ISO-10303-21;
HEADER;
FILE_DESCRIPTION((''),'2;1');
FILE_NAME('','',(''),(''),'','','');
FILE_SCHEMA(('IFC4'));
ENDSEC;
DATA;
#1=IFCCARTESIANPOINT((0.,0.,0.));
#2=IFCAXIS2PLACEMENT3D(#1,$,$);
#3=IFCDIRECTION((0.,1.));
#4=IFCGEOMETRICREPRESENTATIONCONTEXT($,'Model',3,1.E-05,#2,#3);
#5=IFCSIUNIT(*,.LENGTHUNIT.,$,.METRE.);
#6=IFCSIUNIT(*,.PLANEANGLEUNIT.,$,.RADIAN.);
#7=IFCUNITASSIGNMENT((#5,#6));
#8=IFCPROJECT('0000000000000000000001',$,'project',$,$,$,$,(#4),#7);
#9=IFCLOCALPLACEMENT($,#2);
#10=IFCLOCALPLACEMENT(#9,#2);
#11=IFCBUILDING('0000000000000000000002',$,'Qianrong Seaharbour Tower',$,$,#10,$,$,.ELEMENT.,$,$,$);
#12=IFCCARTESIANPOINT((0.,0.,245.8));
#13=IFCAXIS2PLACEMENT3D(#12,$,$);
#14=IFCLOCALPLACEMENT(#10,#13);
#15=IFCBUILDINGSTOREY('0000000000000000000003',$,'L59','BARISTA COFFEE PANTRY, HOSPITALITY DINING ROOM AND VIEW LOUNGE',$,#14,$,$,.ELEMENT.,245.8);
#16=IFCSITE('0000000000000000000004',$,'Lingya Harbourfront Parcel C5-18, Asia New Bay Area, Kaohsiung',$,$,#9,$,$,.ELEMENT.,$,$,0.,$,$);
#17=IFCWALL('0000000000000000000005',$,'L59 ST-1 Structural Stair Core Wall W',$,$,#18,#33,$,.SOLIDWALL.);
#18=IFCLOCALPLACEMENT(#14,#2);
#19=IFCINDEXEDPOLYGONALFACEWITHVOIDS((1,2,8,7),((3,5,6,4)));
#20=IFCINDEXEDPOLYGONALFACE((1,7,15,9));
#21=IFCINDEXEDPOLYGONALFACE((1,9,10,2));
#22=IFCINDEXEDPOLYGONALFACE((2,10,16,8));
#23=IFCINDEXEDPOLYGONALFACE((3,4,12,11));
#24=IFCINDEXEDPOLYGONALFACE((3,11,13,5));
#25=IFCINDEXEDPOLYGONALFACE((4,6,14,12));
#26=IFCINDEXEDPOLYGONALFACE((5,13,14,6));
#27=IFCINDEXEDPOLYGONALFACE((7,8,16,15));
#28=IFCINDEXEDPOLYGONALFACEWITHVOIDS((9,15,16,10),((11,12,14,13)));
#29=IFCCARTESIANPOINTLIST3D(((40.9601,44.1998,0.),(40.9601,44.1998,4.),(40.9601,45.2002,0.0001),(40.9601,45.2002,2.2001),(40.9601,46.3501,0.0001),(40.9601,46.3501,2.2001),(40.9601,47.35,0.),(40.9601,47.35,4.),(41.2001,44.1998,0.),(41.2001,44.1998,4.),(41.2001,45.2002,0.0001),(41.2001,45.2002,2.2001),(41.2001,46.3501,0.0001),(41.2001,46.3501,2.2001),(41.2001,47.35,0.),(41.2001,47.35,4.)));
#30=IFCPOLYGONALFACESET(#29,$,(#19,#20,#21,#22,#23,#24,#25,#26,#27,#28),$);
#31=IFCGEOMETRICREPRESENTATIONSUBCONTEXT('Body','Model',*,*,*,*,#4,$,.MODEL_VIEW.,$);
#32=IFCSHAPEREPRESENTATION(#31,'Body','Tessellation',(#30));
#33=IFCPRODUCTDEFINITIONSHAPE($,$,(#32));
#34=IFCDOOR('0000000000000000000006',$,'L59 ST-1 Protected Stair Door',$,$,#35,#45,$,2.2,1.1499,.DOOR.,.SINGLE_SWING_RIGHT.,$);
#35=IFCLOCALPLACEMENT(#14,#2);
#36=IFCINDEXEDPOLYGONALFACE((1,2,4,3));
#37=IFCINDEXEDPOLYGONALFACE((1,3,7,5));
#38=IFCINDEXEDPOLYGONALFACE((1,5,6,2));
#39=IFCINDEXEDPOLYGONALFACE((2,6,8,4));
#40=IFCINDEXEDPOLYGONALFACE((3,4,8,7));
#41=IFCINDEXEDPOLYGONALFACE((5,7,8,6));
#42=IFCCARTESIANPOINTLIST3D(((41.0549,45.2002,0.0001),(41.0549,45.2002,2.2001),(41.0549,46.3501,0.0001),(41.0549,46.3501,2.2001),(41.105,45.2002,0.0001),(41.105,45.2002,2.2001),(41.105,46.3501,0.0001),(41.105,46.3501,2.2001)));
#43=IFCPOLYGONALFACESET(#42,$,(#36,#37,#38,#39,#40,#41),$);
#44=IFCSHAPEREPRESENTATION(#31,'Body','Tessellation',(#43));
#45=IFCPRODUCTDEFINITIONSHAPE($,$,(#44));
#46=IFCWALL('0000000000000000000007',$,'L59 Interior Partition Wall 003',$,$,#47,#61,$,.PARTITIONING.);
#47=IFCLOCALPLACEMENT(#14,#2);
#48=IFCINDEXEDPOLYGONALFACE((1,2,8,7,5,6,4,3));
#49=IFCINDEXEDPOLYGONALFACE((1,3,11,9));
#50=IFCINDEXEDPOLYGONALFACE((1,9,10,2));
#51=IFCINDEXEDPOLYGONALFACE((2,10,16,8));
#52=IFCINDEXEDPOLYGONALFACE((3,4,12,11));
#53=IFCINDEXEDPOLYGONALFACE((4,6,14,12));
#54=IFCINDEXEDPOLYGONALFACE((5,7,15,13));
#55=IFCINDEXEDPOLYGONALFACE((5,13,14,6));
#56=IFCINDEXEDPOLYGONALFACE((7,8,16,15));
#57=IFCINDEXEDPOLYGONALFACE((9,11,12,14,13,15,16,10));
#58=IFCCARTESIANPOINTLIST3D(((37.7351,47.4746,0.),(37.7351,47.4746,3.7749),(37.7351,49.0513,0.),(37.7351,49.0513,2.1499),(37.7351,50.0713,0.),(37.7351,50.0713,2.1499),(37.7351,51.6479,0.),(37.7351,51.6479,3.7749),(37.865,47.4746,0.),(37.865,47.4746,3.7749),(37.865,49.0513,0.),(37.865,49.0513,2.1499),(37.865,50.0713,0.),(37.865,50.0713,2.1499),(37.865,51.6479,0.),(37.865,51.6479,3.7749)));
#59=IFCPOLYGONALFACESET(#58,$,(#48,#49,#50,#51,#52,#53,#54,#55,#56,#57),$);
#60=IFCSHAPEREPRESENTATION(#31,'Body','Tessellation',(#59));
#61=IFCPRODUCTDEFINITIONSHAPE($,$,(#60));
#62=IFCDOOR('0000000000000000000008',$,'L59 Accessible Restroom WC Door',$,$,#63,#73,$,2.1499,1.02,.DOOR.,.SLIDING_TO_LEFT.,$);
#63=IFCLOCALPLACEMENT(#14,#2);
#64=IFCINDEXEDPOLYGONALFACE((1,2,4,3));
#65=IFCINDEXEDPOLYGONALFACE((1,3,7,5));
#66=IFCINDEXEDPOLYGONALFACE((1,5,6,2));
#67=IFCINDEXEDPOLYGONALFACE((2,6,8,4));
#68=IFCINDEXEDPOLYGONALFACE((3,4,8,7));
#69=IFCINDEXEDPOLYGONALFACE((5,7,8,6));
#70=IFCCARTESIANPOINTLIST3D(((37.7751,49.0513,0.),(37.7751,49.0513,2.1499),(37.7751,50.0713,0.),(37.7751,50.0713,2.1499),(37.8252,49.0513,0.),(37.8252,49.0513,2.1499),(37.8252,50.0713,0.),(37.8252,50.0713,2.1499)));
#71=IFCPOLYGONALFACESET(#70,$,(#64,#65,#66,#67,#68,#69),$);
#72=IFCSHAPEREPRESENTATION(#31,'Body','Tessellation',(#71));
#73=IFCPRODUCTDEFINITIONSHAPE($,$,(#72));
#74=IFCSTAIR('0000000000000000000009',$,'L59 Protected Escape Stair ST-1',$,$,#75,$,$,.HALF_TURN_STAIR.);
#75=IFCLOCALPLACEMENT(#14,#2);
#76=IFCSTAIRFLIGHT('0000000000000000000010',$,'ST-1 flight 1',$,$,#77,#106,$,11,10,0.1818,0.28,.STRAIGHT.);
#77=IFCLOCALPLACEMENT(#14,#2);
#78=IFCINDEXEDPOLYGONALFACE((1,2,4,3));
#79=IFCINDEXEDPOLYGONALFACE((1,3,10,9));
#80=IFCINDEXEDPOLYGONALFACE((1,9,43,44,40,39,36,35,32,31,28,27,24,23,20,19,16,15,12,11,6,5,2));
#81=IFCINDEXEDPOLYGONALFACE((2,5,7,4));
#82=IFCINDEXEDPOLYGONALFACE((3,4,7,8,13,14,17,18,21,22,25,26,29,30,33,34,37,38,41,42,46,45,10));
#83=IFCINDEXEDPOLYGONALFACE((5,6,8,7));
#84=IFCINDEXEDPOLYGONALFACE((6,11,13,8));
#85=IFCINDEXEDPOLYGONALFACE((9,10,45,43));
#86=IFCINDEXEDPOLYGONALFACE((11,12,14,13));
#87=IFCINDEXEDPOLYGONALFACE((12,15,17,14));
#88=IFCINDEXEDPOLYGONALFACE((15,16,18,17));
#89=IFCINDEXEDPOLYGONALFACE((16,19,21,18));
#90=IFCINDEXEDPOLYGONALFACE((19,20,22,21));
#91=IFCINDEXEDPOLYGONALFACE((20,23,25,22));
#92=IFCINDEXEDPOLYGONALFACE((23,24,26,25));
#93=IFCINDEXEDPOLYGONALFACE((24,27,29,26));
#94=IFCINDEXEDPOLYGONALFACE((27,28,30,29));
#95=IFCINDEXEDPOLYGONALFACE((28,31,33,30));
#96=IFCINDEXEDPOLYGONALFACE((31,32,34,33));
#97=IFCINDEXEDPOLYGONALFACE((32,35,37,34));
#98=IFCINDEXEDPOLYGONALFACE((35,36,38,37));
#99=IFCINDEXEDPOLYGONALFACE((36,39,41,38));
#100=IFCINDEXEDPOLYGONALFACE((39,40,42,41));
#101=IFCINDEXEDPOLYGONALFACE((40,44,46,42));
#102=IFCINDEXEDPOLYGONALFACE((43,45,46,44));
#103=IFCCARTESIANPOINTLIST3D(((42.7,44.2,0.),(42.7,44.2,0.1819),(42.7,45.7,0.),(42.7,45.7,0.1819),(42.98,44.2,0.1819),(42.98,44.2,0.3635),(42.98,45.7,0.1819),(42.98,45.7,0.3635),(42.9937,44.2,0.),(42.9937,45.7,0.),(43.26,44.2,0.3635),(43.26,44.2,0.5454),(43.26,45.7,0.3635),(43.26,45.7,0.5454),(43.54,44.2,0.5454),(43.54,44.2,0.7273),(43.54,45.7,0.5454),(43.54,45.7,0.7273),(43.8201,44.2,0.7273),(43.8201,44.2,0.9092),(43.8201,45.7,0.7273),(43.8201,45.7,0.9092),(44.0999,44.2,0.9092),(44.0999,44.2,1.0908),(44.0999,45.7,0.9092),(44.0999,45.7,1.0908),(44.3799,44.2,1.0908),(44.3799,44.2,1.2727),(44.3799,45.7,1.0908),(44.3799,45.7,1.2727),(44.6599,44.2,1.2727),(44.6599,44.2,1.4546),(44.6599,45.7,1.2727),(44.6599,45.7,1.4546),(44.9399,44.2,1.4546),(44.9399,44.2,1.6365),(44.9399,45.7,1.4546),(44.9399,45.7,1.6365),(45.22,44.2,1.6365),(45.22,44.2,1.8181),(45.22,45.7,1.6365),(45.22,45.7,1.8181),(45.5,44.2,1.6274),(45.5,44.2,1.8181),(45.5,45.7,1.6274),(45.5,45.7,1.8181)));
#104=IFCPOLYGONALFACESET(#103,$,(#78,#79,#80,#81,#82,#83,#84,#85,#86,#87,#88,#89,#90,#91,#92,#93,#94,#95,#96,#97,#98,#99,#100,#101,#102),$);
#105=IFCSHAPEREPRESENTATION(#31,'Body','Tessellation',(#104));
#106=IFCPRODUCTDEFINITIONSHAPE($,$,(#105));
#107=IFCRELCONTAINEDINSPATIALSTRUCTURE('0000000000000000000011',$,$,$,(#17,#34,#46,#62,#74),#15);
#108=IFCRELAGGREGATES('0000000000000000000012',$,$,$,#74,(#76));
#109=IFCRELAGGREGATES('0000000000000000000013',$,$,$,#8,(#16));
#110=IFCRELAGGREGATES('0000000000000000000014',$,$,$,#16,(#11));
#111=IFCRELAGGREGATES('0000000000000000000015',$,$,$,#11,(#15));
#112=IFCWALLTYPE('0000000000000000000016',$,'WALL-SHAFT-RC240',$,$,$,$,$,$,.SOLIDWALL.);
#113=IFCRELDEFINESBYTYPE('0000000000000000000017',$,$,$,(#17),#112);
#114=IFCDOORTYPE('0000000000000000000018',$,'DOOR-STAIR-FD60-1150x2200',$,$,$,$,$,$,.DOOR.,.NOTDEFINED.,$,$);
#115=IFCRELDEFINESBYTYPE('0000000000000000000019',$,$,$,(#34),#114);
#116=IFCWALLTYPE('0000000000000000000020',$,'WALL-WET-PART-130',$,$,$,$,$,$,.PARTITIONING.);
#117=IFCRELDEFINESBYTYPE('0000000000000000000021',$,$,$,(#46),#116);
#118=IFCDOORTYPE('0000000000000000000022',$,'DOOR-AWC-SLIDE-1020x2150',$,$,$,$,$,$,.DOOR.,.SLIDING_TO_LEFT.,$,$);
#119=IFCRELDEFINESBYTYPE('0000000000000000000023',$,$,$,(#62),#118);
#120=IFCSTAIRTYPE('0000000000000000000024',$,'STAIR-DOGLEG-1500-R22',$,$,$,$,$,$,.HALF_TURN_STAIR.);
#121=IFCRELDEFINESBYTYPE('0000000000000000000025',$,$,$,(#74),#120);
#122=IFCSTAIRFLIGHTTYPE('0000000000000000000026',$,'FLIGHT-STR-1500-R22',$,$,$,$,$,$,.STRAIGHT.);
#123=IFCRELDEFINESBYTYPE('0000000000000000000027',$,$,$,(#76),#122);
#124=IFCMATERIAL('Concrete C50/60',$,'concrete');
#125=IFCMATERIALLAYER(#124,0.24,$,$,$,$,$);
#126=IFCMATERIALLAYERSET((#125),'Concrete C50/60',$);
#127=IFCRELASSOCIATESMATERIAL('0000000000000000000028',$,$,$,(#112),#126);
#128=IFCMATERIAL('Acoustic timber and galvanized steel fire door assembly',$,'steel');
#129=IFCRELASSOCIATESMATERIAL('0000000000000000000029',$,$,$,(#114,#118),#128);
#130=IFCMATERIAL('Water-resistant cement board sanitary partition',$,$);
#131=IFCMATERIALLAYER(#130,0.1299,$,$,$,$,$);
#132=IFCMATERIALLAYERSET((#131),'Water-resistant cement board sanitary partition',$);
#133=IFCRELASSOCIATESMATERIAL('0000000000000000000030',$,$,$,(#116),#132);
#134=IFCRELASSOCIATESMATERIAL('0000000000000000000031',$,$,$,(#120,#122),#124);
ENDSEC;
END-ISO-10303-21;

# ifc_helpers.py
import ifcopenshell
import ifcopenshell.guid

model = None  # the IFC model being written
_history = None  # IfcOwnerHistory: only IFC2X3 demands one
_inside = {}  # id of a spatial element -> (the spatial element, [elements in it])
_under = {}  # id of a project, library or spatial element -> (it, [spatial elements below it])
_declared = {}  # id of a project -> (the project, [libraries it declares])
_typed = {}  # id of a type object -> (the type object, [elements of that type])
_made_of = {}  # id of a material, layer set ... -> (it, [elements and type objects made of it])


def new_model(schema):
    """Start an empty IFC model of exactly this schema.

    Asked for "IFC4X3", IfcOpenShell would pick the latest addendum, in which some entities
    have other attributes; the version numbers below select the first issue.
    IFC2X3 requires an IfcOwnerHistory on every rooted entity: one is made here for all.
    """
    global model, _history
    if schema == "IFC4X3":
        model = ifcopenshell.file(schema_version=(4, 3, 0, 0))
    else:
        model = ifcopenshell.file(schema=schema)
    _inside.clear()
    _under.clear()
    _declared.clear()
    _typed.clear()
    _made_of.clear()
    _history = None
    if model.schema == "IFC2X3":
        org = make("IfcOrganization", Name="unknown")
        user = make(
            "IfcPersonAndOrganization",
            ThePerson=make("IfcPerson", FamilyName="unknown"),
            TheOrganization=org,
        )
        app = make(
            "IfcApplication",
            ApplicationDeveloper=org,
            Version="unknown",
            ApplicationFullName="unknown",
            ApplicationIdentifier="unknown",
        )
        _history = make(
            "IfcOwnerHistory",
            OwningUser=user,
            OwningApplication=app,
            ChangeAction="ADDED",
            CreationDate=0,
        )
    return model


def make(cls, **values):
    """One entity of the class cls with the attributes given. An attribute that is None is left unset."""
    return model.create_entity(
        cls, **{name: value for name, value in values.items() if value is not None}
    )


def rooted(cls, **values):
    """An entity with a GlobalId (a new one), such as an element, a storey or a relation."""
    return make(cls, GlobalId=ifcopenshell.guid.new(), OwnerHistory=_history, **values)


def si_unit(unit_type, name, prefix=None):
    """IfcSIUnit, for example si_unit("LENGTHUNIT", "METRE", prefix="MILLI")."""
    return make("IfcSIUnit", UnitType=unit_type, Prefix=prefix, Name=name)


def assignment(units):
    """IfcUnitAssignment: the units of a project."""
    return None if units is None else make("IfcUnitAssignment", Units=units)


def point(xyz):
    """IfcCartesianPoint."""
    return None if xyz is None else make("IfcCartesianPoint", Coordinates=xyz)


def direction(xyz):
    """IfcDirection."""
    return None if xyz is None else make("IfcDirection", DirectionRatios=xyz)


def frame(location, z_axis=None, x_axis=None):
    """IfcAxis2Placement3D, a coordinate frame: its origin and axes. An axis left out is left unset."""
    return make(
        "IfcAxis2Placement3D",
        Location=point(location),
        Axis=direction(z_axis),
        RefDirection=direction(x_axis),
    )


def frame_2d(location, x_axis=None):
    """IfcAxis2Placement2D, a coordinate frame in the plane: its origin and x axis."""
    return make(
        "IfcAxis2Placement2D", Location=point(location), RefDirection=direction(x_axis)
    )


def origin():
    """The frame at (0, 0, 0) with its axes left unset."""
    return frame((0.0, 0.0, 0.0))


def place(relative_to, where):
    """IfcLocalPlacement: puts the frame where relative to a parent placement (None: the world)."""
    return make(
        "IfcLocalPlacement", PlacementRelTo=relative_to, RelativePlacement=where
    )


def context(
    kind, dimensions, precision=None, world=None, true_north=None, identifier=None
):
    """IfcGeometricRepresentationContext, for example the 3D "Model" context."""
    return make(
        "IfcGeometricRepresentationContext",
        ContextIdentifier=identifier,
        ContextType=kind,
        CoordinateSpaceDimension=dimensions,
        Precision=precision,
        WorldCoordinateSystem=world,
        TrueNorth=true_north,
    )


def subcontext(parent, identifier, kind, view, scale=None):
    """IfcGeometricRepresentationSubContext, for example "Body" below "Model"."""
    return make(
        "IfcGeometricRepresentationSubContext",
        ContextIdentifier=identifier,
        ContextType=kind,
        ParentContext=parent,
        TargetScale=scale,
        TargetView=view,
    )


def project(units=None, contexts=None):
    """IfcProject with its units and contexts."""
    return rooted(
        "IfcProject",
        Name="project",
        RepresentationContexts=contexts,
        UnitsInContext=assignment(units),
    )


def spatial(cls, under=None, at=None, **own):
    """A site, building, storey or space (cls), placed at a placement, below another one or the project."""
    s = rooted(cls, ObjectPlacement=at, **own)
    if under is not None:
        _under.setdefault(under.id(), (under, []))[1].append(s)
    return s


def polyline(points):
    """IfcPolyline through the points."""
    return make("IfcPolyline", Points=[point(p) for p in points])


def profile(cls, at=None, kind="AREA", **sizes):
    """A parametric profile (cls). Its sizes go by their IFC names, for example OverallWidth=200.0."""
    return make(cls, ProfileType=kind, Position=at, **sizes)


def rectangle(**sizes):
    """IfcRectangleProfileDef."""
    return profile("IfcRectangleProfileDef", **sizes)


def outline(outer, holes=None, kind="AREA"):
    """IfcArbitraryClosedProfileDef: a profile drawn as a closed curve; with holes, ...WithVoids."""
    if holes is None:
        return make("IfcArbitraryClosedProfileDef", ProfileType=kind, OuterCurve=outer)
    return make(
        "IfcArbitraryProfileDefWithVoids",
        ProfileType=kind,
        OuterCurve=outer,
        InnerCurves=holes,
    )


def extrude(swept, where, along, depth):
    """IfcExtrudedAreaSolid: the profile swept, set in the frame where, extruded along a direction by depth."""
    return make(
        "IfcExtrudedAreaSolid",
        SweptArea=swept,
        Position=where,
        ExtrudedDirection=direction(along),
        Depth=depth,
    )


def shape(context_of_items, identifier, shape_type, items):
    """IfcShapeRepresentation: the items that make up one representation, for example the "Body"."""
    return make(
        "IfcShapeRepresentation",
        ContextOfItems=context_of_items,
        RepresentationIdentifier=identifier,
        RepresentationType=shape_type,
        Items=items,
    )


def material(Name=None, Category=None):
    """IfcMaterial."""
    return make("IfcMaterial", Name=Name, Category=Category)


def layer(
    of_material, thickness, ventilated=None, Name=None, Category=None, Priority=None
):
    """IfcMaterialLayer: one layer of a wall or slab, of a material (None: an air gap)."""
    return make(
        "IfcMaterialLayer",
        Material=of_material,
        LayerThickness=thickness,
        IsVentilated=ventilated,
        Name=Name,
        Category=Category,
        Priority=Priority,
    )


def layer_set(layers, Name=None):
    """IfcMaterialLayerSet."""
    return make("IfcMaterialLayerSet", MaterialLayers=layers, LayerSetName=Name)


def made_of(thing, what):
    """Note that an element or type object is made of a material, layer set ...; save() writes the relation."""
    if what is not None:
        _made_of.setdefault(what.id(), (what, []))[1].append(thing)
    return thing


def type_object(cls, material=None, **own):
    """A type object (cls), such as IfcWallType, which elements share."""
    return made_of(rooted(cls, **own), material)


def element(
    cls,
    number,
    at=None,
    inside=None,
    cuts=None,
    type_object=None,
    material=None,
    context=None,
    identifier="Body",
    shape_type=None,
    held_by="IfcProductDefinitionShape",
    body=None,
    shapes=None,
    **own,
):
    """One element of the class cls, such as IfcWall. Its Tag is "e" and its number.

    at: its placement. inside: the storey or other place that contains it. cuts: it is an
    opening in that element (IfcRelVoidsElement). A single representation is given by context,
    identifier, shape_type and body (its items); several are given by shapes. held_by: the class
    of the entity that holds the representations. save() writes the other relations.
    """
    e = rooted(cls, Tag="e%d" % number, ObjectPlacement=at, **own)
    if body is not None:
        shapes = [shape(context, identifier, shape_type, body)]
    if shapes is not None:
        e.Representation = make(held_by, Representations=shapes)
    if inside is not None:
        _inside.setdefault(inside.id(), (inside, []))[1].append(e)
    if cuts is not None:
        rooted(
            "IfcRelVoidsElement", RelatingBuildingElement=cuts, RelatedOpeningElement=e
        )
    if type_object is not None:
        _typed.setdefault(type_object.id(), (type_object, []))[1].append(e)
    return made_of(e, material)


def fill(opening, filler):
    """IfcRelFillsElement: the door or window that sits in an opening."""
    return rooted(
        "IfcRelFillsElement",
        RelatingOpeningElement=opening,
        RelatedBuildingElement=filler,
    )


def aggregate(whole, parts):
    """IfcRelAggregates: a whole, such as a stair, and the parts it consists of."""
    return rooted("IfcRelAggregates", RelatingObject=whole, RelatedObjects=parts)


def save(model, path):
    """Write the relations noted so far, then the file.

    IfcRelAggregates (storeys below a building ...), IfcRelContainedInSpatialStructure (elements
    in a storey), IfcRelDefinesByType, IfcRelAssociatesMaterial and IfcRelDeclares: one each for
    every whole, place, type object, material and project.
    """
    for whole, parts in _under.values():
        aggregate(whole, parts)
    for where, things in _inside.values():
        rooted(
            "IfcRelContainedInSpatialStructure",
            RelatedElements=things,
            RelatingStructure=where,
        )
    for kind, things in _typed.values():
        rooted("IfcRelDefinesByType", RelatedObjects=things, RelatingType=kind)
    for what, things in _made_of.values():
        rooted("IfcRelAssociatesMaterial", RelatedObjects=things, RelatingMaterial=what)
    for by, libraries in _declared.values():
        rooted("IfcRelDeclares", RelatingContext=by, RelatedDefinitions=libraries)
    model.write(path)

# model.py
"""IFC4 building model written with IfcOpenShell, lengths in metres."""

from ifc_helpers import new_model, si_unit, direction, frame, frame_2d, origin, place, context, subcontext, project, spatial, polyline, rectangle, outline, extrude, material, layer, layer_set, type_object, element, fill, aggregate, save


model = new_model("IFC4")

# Units and contexts
model_context = context("Model", 3, precision=1e-05, world=origin(), true_north=direction((0.0, 1.0)))
body_context = subcontext(model_context, "Body", "Model", "MODEL_VIEW")
ifc_project = project(units=[si_unit("LENGTHUNIT", "METRE"), si_unit("PLANEANGLEUNIT", "RADIAN")], contexts=[model_context])

# Site, building, storey
site_placement = place(None, origin())
site = spatial("IfcSite", under=ifc_project, at=site_placement, Name="Lingya Harbourfront Parcel C5-18, Asia New Bay Area, Kaohsiung", CompositionType="ELEMENT", RefElevation=0.0)
building_placement = place(site_placement, origin())
building = spatial("IfcBuilding", under=site, at=building_placement, Name="Qianrong Seaharbour Tower", CompositionType="ELEMENT")
storey_placement = place(building_placement, frame((0.0, 0.0, 245.8)))
storey = spatial("IfcBuildingStorey", under=building, at=storey_placement, Name="L59", Description="BARISTA COFFEE PANTRY, HOSPITALITY DINING ROOM AND VIEW LOUNGE", CompositionType="ELEMENT", Elevation=245.8)

# Shared definitions
ifc_material_1 = material(Name="Acoustic timber and galvanized steel fire door assembly", Category="steel")

# Shared definitions
ifc_material_2 = material(Name="Concrete C50/60", Category="concrete")
ifc_layer_1 = layer(ifc_material_2, 0.24)
ifc_layer_set_1 = layer_set([ifc_layer_1], Name="Concrete C50/60")
wall_type_1 = type_object("IfcWallType", Name="WALL-SHAFT-RC240", PredefinedType="SOLIDWALL", material=ifc_layer_set_1)

# Walls, openings, doors
wall_1_placement = place(storey_placement, frame((41.0801, 47.3501, 0.0), z_axis=(0.0, 0.0, 1.0), x_axis=(0.0, -1.0, 0.0)))
wall_1 = element("IfcWall", 1, at=wall_1_placement, inside=storey, type_object=wall_type_1, Name="L59 ST-1 Structural Stair Core Wall W", PredefinedType="SOLIDWALL", context=body_context, shape_type="SweptSolid", body=[
    extrude(rectangle(XDim=3.1501, YDim=0.24, at=frame_2d((1.5752, 0.0))), origin(), (0.0, 0.0, 1.0), 4.0),
])
opening_1_placement = place(wall_1_placement, frame((1.0, 0.0, 0.0)))
opening_1 = element("IfcOpeningElement", 2, at=opening_1_placement, cuts=wall_1, PredefinedType="OPENING", context=body_context, shape_type="SweptSolid", body=[
    extrude(rectangle(XDim=1.1499, YDim=2.2, at=frame_2d((0.575, 1.1001))), frame((0.0, 0.1299, 0.0), z_axis=(0.0, -1.0, 0.0), x_axis=(1.0, 0.0, 0.0)), (0.0, 0.0, 1.0), 0.26),
])
door_type_1 = type_object("IfcDoorType", Name="DOOR-STAIR-FD60-1150x2200", OperationType="NOTDEFINED", PredefinedType="DOOR", material=ifc_material_1)
door_1_placement = place(opening_1_placement, origin())
door_1 = element("IfcDoor", 3, at=door_1_placement, inside=storey, type_object=door_type_1, Name="L59 ST-1 Protected Stair Door", OperationType="SINGLE_SWING_RIGHT", OverallHeight=2.2, OverallWidth=1.1499, PredefinedType="DOOR", context=body_context, shape_type="SweptSolid", body=[
    extrude(rectangle(XDim=1.1499, YDim=2.2, at=frame_2d((0.575, 1.1001))), frame((0.0, 0.0249, 0.0), z_axis=(0.0, -1.0, 0.0), x_axis=(1.0, 0.0, 0.0)), (0.0, 0.0, 1.0), 0.05),
])
fill(opening_1, door_1)
ifc_material_3 = material(Name="Water-resistant cement board sanitary partition")
ifc_layer_2 = layer(ifc_material_3, 0.1299)
ifc_layer_set_2 = layer_set([ifc_layer_2], Name="Water-resistant cement board sanitary partition")
wall_type_2 = type_object("IfcWallType", Name="WALL-WET-PART-130", PredefinedType="PARTITIONING", material=ifc_layer_set_2)
wall_2_placement = place(storey_placement, frame((37.8, 47.4746, 0.0), z_axis=(0.0, 0.0, 1.0), x_axis=(0.0, 1.0, 0.0)))
wall_2 = element("IfcWall", 4, at=wall_2_placement, inside=storey, type_object=wall_type_2, Name="L59 Interior Partition Wall 003", PredefinedType="PARTITIONING", context=body_context, shape_type="SweptSolid", body=[
    extrude(rectangle(XDim=4.1733, YDim=0.1299, at=frame_2d((2.0867, 0.0))), origin(), (0.0, 0.0, 1.0), 3.7749),
])
opening_2_placement = place(wall_2_placement, frame((1.5767, 0.0, 0.0)))
opening_2 = element("IfcOpeningElement", 5, at=opening_2_placement, cuts=wall_2, PredefinedType="OPENING", context=body_context, shape_type="SweptSolid", body=[
    extrude(rectangle(XDim=1.02, YDim=2.1499, at=frame_2d((0.51, 1.075))), frame((0.0, 0.075, 0.0), z_axis=(0.0, -1.0, 0.0), x_axis=(1.0, 0.0, 0.0)), (0.0, 0.0, 1.0), 0.1499),
])
door_type_2 = type_object("IfcDoorType", Name="DOOR-AWC-SLIDE-1020x2150", OperationType="SLIDING_TO_LEFT", PredefinedType="DOOR", material=ifc_material_1)
door_2_placement = place(opening_2_placement, origin())
door_2 = element("IfcDoor", 6, at=door_2_placement, inside=storey, type_object=door_type_2, Name="L59 Accessible Restroom WC Door", OperationType="SLIDING_TO_LEFT", OverallHeight=2.1499, OverallWidth=1.02, PredefinedType="DOOR", context=body_context, shape_type="SweptSolid", body=[
    extrude(rectangle(XDim=1.02, YDim=2.1499, at=frame_2d((0.51, 1.075))), frame((0.0, 0.0249, 0.0), z_axis=(0.0, -1.0, 0.0), x_axis=(1.0, 0.0, 0.0)), (0.0, 0.0, 1.0), 0.05),
])
fill(opening_2, door_2)

# Stair, stair flight
stair_type = type_object("IfcStairType", Name="STAIR-DOGLEG-1500-R22", PredefinedType="HALF_TURN_STAIR", material=ifc_material_2)
stair_placement = place(storey_placement, origin())
stair = element("IfcStair", 7, at=stair_placement, inside=storey, type_object=stair_type, Name="L59 Protected Escape Stair ST-1", PredefinedType="HALF_TURN_STAIR")
stair_flight_type = type_object("IfcStairFlightType", Name="FLIGHT-STR-1500-R22", PredefinedType="STRAIGHT", material=ifc_material_2)
stair_flight_placement = place(storey_placement, frame((42.7, 44.95, 0.0), z_axis=(0.0, 0.0, 1.0), x_axis=(1.0, 0.0, 0.0)))
stair_flight = element("IfcStairFlight", 8, at=stair_flight_placement, type_object=stair_flight_type, Name="ST-1 flight 1", NumberOfRisers=11, NumberOfTreads=10, PredefinedType="STRAIGHT", RiserHeight=0.1818, TreadLength=0.28, context=body_context, shape_type="SweptSolid", body=[
    extrude(outline(polyline([(0.0, 0.0), (0.0, 0.1819), (0.28, 0.1819), (0.28, 0.3635), (0.5601, 0.3635), (0.5601, 0.5454), (0.8401, 0.5454), (0.8401, 0.7273), (1.1201, 0.7273), (1.1201, 0.9092), (1.3999, 0.9092), (1.3999, 1.0908), (1.6799, 1.0908), (1.6799, 1.2727), (1.96, 1.2727), (1.96, 1.4546), (2.24, 1.4546), (2.24, 1.6365), (2.52, 1.6365), (2.52, 1.8181), (2.8, 1.8181), (2.8, 2.0), (2.8, 1.6274), (0.2937, 0.0), (0.0, 0.0)])), frame((0.0, 0.75, 0.0), z_axis=(0.0, -1.0, 0.0), x_axis=(1.0, 0.0, 0.0)), (0.0, 0.0, 1.0), 1.5),
])
aggregate(stair, [stair_flight])

save(model, "model.ifc")
